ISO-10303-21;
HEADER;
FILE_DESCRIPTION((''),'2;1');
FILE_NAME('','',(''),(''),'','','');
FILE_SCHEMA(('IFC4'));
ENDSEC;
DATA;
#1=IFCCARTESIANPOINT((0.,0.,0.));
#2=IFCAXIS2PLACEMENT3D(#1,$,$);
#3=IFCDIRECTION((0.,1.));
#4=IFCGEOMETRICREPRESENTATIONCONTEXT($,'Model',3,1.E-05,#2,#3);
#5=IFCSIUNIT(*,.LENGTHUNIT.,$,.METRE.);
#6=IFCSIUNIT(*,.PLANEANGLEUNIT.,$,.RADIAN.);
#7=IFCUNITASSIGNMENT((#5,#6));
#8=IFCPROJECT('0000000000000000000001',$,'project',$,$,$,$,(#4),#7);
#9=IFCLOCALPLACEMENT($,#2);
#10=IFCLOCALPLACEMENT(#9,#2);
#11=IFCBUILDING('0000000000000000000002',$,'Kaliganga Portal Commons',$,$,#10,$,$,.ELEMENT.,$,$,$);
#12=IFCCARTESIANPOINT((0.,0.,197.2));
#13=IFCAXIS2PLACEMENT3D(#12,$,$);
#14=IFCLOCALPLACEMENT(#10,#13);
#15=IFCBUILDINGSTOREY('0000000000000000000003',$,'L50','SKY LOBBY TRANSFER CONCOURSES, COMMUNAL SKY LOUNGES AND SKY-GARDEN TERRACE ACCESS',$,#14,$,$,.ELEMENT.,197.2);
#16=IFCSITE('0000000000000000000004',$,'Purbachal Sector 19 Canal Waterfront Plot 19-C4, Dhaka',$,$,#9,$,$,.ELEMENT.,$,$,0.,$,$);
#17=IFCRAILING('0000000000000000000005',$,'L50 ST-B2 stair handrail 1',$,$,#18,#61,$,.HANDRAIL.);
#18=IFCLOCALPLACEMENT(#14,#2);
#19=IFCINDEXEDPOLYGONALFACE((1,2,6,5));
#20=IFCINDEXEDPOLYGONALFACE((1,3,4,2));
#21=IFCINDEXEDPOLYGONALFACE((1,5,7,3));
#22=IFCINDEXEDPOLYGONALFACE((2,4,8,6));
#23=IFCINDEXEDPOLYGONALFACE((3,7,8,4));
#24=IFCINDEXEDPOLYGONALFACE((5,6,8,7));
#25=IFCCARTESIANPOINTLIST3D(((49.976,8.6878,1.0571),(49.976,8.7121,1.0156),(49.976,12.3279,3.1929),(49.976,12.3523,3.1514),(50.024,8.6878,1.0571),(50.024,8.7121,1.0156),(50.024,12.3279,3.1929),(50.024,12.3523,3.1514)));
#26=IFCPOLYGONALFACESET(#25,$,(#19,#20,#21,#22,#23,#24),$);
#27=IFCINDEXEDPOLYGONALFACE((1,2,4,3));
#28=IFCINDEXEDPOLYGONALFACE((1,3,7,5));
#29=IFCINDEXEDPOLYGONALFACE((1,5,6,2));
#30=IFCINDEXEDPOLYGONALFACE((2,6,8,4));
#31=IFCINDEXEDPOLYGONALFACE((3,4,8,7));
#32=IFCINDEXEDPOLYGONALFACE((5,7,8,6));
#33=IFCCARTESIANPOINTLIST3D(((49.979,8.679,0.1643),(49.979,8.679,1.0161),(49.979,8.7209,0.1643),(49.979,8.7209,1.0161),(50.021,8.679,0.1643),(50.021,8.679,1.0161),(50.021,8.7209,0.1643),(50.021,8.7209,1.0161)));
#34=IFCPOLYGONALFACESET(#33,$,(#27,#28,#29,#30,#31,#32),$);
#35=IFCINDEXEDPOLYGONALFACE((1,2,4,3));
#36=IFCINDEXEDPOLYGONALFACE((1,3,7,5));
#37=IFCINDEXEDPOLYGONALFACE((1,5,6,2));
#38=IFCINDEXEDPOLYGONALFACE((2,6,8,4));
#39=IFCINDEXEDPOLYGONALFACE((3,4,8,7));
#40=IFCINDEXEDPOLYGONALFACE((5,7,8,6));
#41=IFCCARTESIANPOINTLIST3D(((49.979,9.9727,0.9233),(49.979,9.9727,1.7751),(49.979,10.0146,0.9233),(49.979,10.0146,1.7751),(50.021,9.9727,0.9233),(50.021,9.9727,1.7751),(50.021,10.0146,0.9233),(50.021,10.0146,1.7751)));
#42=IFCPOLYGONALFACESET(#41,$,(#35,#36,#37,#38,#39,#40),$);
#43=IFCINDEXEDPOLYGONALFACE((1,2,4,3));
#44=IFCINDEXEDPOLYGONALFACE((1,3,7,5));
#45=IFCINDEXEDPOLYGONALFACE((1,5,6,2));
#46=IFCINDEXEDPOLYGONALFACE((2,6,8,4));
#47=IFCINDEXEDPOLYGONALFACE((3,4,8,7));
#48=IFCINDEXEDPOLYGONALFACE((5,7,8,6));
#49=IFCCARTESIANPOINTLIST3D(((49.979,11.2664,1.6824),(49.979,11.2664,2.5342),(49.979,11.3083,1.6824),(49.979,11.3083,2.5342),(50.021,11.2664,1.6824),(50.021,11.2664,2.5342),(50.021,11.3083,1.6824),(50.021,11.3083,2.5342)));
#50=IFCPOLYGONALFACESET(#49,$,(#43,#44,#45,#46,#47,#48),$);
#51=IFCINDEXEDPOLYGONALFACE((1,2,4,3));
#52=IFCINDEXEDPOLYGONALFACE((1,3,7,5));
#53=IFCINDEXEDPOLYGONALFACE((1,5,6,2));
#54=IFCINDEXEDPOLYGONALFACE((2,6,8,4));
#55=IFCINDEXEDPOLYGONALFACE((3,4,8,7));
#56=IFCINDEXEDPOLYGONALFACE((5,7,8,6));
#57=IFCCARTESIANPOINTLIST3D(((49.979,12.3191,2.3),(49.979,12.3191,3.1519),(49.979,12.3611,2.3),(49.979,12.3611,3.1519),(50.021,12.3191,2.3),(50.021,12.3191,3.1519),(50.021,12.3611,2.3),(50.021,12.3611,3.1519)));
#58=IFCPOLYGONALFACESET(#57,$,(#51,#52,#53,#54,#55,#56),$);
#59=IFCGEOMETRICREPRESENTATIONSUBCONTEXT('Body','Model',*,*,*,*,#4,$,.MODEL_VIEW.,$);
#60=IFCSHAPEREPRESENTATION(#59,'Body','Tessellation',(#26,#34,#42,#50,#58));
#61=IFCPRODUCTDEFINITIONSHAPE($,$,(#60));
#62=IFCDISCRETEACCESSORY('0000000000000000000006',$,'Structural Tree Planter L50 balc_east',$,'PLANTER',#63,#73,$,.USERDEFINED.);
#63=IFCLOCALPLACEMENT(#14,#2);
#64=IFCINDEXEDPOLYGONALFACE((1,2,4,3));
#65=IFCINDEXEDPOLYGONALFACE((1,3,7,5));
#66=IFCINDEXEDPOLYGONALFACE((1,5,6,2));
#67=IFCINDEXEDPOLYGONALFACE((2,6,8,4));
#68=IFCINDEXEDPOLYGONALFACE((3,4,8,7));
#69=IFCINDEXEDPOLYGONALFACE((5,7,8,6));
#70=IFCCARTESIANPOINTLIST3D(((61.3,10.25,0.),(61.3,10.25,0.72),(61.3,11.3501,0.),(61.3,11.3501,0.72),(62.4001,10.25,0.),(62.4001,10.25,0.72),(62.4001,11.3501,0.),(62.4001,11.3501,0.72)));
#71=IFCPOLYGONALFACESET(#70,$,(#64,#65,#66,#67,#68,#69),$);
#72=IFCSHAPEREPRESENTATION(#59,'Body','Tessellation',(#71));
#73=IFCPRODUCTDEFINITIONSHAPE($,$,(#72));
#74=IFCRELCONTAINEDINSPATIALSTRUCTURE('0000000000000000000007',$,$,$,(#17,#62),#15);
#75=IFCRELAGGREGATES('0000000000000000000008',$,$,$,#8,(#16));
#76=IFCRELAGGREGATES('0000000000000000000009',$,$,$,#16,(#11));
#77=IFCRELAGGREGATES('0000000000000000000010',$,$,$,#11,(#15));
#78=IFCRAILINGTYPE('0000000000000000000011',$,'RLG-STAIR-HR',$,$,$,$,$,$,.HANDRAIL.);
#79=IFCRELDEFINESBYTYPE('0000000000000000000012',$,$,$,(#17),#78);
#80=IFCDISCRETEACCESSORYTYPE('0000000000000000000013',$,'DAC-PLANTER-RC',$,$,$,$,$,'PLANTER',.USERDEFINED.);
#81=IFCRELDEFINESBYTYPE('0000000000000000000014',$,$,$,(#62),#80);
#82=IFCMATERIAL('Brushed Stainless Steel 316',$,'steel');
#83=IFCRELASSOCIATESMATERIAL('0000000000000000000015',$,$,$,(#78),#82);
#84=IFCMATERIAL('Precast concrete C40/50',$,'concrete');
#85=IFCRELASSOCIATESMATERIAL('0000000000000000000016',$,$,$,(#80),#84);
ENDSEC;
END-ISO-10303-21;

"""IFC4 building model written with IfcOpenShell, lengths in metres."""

from ifc_helpers import new_model, si_unit, direction, frame, origin, origin_2d, place, context, subcontext, project, spatial, rectangle, extrude, source, transform, mapped, material, type_object, element, save


model = new_model("IFC4")

# Units and contexts
model_context = context("Model", 3, precision=1e-05, world=origin(), true_north=direction((0.0, 1.0)))
body_context = subcontext(model_context, "Body", "Model", "MODEL_VIEW")
ifc_project = project(units=[si_unit("LENGTHUNIT", "METRE"), si_unit("PLANEANGLEUNIT", "RADIAN")], contexts=[model_context])

# Site, building, storey
site_placement = place(None, origin())
site = spatial("IfcSite", under=ifc_project, at=site_placement, Name="Purbachal Sector 19 Canal Waterfront Plot 19-C4, Dhaka", CompositionType="ELEMENT", RefElevation=0.0)
building_placement = place(site_placement, origin())
building = spatial("IfcBuilding", under=site, at=building_placement, Name="Kaliganga Portal Commons", CompositionType="ELEMENT")
storey_placement = place(building_placement, frame((0.0, 0.0, 197.2)))
storey = spatial("IfcBuildingStorey", under=building, at=storey_placement, Name="L50", Description="SKY LOBBY TRANSFER CONCOURSES, COMMUNAL SKY LOUNGES AND SKY-GARDEN TERRACE ACCESS", CompositionType="ELEMENT", Elevation=197.2)

# Railing
ifc_material_1 = material(Name="Brushed Stainless Steel 316", Category="steel")
railing_type_1 = type_object("IfcRailingType", Name="RLG-STAIR-HR", PredefinedType="HANDRAIL", material=ifc_material_1)
railing_1_placement = place(storey_placement, frame((50.0, 8.7, 0.1643)))
element("IfcRailing", 1, at=railing_1_placement, inside=storey, type_object=railing_type_1, Name="L50 ST-B2 stair handrail 1", PredefinedType="HANDRAIL", context=body_context, shape_type="SweptSolid", body=[
    extrude(rectangle(XDim=0.0481, YDim=0.0481, at=origin_2d()), frame((0.0, 0.0, 0.8721), z_axis=(0.0, 0.862505, 0.506049), x_axis=(-1.0, 0.0, 0.0)), (0.0, 0.0, 1.0), 4.2205),
    extrude(rectangle(XDim=0.042, YDim=0.042, at=origin_2d()), origin(), (0.0, 0.0, 1.0), 0.8518),
    extrude(rectangle(XDim=0.042, YDim=0.042, at=origin_2d()), frame((0.0, 1.2937, 0.759)), (0.0, 0.0, 1.0), 0.8518),
    extrude(rectangle(XDim=0.042, YDim=0.042, at=origin_2d()), frame((0.0, 2.5874, 1.5181)), (0.0, 0.0, 1.0), 0.8518),
    extrude(rectangle(XDim=0.042, YDim=0.042, at=origin_2d()), frame((0.0, 3.6401, 2.1357)), (0.0, 0.0, 1.0), 0.8518),
])

# Discrete accessory
ifc_material_2 = material(Name="Precast concrete C40/50", Category="concrete")
discrete_accessory_type = type_object("IfcDiscreteAccessoryType", Name="DAC-PLANTER-RC", ElementType="PLANTER", PredefinedType="USERDEFINED", material=ifc_material_2)
shared_shape_1 = source(origin(), body_context, "Body", "SweptSolid", [
    extrude(rectangle(XDim=1.1001, YDim=1.1001, at=origin_2d()), origin(), (0.0, 0.0, 1.0), 0.72),
])
discrete_accessory_placement = place(storey_placement, frame((61.8501, 10.8, 0.0), z_axis=(0.0, 0.0, 1.0), x_axis=(1.0, 0.0, 0.0)))
element("IfcDiscreteAccessory", 2, at=discrete_accessory_placement, inside=storey, type_object=discrete_accessory_type, Name="Structural Tree Planter L50 balc_east", ObjectType="PLANTER", PredefinedType="USERDEFINED", context=body_context, shape_type="MappedRepresentation", body=[
    mapped(shared_shape_1, transform((0.0, 0.0, 0.0), x_axis=(1.0, 0.0, 0.0), y_axis=(0.0, 1.0, 0.0), z_axis=(0.0, 0.0, 1.0), scale=1.0)),
])

save(model, "model.ifc")
